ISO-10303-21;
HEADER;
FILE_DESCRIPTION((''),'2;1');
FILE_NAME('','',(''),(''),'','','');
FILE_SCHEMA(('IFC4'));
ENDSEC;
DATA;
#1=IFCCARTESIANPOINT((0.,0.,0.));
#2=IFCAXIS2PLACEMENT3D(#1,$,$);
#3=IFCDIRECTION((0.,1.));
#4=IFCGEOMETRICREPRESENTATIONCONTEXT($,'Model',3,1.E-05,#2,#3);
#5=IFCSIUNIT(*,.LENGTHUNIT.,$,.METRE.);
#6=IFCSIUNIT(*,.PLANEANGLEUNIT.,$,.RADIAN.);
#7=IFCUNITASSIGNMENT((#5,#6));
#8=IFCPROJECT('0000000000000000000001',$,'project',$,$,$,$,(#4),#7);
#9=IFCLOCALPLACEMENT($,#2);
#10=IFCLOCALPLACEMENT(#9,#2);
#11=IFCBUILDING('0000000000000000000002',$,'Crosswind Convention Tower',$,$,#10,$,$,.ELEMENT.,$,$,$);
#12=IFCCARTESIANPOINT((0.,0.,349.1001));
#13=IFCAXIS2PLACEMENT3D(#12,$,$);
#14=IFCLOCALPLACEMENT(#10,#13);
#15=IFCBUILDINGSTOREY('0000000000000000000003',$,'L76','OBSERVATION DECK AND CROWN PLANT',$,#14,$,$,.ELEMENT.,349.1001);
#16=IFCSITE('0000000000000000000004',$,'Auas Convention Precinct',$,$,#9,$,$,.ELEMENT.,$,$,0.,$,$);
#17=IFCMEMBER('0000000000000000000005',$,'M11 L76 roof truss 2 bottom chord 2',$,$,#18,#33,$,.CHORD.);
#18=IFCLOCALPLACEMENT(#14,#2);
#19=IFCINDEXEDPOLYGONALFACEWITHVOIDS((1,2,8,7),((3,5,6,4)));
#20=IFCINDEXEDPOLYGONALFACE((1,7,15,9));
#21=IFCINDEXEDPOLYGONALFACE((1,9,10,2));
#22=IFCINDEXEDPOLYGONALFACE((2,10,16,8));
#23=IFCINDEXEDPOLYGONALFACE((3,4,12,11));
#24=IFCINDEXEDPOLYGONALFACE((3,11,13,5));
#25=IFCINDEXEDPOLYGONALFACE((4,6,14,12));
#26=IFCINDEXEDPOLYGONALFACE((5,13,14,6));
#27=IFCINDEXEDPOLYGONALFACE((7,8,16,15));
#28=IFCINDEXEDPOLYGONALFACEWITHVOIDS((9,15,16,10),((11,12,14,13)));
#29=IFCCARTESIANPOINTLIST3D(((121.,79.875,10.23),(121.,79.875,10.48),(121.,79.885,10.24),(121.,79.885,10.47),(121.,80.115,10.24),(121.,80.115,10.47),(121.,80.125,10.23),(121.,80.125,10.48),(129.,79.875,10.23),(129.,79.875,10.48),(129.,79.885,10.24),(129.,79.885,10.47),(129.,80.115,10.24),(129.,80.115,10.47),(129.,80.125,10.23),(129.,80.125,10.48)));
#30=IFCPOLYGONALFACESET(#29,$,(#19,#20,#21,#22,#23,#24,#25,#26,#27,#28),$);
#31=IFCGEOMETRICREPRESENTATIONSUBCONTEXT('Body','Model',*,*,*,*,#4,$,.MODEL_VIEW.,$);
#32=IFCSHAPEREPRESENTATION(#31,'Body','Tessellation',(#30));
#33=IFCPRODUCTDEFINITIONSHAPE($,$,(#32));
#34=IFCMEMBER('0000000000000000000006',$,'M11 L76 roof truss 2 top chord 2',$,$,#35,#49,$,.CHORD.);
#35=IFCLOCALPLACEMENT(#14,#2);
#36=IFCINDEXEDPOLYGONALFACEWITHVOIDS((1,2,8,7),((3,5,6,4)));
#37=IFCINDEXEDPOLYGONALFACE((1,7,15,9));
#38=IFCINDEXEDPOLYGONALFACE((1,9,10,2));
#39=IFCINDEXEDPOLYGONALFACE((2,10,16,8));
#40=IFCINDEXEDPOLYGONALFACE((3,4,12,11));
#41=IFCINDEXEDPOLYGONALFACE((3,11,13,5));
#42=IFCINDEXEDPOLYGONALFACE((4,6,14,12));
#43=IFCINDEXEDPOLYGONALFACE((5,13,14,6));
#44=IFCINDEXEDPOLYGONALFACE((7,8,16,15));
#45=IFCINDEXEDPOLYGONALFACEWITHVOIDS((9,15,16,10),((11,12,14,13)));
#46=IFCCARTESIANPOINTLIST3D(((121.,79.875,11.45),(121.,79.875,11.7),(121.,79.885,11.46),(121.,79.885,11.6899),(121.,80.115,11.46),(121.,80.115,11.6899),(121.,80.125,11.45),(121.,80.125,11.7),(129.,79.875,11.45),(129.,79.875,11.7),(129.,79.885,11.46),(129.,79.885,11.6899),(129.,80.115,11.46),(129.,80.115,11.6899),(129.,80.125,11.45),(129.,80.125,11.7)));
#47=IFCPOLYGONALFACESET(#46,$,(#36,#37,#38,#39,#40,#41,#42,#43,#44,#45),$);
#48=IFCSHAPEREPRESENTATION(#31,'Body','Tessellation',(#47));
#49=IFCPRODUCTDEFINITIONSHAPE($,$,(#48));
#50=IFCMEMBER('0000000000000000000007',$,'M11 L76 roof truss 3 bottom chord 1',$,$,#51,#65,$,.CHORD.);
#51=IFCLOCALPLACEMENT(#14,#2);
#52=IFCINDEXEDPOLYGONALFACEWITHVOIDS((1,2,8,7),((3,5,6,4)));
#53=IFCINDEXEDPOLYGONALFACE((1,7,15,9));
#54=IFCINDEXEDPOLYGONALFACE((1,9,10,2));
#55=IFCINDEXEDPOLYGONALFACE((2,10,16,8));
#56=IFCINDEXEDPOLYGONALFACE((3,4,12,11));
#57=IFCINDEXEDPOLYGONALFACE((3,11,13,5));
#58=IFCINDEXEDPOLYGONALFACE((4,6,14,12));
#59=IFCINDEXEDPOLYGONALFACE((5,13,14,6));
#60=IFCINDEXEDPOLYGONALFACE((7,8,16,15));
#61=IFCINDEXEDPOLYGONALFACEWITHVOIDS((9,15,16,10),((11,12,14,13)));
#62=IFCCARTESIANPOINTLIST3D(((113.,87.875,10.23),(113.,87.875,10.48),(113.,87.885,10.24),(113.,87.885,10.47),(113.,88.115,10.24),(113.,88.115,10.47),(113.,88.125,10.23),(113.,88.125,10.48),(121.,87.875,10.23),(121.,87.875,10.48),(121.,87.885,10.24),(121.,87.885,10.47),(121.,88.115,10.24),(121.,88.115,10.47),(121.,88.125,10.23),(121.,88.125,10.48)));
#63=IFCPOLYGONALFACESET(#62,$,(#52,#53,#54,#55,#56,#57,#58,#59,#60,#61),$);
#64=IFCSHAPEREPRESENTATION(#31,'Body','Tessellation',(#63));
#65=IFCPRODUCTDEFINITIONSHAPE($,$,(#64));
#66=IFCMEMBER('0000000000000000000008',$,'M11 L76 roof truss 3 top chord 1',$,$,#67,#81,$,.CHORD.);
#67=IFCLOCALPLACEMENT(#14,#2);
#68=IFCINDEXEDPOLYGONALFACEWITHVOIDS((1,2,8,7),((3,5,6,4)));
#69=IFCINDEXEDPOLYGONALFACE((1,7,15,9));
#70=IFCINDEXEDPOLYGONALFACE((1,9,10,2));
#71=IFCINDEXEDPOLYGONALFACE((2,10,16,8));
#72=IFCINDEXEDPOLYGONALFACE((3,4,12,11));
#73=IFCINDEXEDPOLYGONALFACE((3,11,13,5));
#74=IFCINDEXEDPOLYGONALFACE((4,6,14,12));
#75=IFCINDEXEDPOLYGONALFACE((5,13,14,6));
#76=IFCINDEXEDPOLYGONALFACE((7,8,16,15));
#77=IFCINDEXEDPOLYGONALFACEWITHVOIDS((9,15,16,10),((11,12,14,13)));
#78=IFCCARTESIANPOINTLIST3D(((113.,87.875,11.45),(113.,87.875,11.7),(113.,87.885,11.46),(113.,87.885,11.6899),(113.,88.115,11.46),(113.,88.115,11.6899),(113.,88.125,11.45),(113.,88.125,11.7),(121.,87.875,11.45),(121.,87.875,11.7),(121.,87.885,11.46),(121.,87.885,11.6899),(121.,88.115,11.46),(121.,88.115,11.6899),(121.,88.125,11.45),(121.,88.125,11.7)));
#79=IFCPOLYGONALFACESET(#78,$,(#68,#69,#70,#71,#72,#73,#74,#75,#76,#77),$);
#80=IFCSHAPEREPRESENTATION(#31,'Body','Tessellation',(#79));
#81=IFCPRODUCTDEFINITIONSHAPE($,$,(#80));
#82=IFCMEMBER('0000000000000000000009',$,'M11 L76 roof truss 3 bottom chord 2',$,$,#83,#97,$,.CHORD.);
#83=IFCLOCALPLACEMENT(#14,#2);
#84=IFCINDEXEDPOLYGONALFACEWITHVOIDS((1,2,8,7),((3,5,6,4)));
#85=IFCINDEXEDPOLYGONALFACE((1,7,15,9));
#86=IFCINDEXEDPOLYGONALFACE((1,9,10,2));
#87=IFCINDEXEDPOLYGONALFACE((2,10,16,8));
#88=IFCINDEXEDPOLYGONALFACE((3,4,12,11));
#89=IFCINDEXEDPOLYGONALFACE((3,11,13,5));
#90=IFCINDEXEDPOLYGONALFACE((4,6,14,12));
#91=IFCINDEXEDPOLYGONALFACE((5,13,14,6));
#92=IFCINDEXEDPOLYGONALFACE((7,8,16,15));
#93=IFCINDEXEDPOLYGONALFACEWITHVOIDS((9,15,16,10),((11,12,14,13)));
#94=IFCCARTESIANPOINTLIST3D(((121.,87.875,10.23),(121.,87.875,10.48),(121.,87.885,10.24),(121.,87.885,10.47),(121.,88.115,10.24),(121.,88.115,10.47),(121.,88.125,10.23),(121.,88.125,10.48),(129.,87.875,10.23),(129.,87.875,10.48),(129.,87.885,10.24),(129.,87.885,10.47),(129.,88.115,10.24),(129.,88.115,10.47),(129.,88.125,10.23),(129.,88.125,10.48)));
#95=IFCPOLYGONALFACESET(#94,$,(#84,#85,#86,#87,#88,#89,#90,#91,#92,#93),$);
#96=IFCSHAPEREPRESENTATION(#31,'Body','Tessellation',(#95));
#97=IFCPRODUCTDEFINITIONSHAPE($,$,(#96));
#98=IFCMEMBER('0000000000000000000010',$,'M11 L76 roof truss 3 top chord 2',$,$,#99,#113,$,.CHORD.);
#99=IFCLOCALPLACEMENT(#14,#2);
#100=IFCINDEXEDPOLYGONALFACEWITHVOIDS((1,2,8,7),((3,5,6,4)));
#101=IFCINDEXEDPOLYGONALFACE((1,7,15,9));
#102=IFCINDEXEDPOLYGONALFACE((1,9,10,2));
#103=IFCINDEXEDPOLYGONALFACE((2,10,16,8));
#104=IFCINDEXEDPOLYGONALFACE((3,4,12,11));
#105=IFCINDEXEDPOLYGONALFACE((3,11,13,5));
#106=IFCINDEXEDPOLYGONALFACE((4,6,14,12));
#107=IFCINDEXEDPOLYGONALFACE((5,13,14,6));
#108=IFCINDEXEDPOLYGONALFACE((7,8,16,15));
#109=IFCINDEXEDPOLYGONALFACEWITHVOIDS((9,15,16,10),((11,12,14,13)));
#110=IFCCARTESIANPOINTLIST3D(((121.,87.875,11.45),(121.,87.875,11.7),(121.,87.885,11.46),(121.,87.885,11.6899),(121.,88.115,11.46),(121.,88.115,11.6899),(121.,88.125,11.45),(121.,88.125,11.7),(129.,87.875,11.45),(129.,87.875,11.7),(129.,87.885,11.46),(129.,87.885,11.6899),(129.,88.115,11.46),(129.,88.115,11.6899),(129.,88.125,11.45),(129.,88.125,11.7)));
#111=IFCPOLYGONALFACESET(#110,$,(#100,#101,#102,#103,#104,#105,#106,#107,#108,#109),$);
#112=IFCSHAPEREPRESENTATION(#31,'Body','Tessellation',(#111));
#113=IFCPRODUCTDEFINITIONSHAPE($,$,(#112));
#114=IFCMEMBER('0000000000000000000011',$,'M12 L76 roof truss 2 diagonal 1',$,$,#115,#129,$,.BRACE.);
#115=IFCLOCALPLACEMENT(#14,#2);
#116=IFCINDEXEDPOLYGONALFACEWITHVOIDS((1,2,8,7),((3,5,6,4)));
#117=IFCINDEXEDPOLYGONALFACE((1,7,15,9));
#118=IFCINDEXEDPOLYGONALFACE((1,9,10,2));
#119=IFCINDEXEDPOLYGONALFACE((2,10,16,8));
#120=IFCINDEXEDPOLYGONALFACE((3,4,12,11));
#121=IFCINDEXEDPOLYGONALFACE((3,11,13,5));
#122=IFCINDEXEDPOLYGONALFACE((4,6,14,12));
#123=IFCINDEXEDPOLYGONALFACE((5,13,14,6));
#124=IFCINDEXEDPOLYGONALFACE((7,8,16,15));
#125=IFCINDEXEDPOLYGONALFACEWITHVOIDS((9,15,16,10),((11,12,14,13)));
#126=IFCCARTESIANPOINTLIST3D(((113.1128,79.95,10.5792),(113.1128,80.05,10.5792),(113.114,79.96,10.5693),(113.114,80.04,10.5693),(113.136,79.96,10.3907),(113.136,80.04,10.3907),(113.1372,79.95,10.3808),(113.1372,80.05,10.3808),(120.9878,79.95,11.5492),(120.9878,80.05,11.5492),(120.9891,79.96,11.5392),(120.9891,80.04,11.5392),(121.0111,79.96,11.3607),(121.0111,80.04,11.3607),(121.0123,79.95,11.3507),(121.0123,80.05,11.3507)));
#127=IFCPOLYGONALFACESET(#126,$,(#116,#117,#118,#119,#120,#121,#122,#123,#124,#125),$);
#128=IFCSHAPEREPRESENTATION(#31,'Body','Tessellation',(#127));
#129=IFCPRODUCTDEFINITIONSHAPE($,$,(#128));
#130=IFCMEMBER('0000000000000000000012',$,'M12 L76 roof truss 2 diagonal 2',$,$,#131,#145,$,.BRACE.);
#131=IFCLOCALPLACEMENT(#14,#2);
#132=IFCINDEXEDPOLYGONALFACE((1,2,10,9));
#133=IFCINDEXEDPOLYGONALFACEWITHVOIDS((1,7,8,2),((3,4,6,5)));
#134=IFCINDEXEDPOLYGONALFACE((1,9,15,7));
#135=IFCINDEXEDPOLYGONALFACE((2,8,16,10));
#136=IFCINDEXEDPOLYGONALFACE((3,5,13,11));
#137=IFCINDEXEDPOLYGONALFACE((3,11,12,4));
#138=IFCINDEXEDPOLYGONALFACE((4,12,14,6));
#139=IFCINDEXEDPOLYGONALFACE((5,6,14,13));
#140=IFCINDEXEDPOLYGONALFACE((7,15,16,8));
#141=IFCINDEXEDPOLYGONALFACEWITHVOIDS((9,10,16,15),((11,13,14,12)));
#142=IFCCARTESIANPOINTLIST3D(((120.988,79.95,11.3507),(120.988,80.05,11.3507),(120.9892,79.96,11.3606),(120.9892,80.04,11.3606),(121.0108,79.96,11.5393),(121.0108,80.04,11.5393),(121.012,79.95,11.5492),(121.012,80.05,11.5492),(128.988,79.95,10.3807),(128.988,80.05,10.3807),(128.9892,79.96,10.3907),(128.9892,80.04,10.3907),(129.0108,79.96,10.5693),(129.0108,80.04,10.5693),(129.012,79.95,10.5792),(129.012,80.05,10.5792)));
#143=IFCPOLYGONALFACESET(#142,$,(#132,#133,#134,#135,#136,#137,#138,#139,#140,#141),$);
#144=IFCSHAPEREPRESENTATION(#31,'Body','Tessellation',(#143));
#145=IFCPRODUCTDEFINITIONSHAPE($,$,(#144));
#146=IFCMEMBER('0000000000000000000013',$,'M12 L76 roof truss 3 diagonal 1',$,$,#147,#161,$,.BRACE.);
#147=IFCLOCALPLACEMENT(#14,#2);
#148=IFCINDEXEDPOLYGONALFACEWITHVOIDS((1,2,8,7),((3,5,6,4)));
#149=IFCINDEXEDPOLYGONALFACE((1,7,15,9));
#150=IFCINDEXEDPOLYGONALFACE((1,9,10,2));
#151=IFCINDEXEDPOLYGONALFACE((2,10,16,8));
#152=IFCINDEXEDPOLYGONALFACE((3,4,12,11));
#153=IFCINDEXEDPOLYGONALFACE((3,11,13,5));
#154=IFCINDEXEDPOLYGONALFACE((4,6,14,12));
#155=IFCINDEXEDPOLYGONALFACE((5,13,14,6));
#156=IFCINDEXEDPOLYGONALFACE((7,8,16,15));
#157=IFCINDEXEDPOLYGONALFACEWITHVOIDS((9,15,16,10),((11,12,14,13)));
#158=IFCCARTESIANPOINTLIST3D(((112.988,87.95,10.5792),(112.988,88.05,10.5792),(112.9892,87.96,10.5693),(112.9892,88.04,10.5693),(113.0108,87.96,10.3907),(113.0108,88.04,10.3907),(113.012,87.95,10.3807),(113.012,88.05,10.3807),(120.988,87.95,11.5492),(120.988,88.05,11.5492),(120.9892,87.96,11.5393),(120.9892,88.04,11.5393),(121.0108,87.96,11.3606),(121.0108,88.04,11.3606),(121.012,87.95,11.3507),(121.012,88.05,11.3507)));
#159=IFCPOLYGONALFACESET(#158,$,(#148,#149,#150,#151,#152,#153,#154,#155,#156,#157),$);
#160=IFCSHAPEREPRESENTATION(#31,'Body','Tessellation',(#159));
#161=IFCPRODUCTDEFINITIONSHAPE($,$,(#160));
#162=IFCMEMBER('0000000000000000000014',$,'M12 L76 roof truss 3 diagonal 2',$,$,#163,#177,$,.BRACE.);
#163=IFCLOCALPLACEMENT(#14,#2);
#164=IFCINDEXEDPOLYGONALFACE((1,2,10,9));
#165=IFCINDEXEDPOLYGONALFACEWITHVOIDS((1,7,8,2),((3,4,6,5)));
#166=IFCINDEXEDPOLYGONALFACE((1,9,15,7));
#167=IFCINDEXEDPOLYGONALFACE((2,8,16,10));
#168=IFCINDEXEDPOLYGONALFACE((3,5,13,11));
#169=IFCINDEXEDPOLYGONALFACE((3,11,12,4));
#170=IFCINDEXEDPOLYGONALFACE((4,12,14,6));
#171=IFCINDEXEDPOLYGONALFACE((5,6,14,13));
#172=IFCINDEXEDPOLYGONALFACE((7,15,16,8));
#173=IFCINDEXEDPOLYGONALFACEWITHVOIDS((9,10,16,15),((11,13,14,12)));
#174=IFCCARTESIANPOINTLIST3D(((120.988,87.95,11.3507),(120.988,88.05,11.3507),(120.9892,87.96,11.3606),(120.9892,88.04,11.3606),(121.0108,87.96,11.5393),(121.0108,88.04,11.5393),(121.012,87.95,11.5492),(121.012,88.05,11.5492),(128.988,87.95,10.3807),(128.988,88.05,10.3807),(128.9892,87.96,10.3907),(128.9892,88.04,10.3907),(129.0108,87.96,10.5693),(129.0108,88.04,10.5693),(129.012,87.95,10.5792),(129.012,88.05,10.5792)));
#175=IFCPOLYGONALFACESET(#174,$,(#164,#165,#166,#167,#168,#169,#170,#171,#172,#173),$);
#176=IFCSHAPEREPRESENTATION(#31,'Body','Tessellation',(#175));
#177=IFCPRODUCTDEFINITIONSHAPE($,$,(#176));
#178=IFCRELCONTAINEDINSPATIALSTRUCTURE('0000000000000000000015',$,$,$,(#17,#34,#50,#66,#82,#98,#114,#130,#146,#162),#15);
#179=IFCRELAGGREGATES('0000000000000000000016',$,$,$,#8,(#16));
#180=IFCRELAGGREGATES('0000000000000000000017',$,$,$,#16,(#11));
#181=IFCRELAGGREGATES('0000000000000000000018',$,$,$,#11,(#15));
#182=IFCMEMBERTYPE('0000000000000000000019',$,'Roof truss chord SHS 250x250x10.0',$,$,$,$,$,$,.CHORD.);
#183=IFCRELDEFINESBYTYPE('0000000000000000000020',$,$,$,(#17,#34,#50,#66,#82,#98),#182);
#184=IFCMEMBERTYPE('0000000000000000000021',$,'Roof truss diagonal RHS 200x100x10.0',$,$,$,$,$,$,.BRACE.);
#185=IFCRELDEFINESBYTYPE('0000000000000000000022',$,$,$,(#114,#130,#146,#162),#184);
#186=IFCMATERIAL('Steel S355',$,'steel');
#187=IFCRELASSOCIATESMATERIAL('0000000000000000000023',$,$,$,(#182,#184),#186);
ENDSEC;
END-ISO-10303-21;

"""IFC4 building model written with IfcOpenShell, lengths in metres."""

from ifc_helpers import new_model, si_unit, direction, frame, origin, origin_2d, place, context, subcontext, project, spatial, hollow_rectangle, extrude, material, material_profile, profile_set, type_object, element, save


model = new_model("IFC4")

# Units and contexts
model_context = context("Model", 3, precision=1e-05, world=origin(), true_north=direction((0.0, 1.0)))
body_context = subcontext(model_context, "Body", "Model", "MODEL_VIEW")
ifc_project = project(units=[si_unit("LENGTHUNIT", "METRE"), si_unit("PLANEANGLEUNIT", "RADIAN")], contexts=[model_context])

# Site, building, storey
site_placement = place(None, origin())
site = spatial("IfcSite", under=ifc_project, at=site_placement, Name="Auas Convention Precinct", CompositionType="ELEMENT", RefElevation=0.0)
building_placement = place(site_placement, origin())
building = spatial("IfcBuilding", under=site, at=building_placement, Name="Crosswind Convention Tower", CompositionType="ELEMENT")
storey_placement = place(building_placement, frame((0.0, 0.0, 349.1001)))
storey = spatial("IfcBuildingStorey", under=building, at=storey_placement, Name="L76", Description="OBSERVATION DECK AND CROWN PLANT", CompositionType="ELEMENT", Elevation=349.1001)

# Shared definitions
ifc_material_1 = material(Name="Steel S355", Category="steel")

# Members
ifc_material_profile_1 = material_profile(ifc_material_1, hollow_rectangle(XDim=0.25, YDim=0.25, WallThickness=0.01, at=origin_2d()), Name="SHS 250x250x10.0")
ifc_profile_set_1 = profile_set([ifc_material_profile_1], Name="Steel S355")
member_type_1 = type_object("IfcMemberType", Name="Roof truss chord SHS 250x250x10.0", PredefinedType="CHORD", material=ifc_profile_set_1)
for number, where, z_axis, x_axis, name in (
    (1, (121.0, 80.0, 10.355), (1.0, 0.0, 0.0), (0.0, 1.0, 0.0), "M11 L76 roof truss 2 bottom chord 2"),
    (2, (121.0, 80.0, 11.575), (1.0, 0.0, 0.0), (0.0, 1.0, 0.0), "M11 L76 roof truss 2 top chord 2"),
    (3, (113.0, 88.0, 10.355), (1.0, 0.0, 0.0), (0.0, 1.0, 0.0), "M11 L76 roof truss 3 bottom chord 1"),
    (4, (113.0, 88.0, 11.575), (1.0, 0.0, 0.0), (0.0, 1.0, 0.0), "M11 L76 roof truss 3 top chord 1"),
    (5, (121.0, 88.0, 10.355), (1.0, 0.0, 0.0), (0.0, 1.0, 0.0), "M11 L76 roof truss 3 bottom chord 2"),
    (6, (121.0, 88.0, 11.575), (1.0, 0.0, 0.0), (0.0, 1.0, 0.0), "M11 L76 roof truss 3 top chord 2"),
):
    element("IfcMember", number, at=place(storey_placement, frame(where, z_axis=z_axis, x_axis=x_axis)), inside=storey, type_object=member_type_1, Name=name, PredefinedType="CHORD", context=body_context, shape_type="SweptSolid", body=[
        extrude(hollow_rectangle(XDim=0.25, YDim=0.25, WallThickness=0.01, at=origin_2d()), origin(), (0.0, 0.0, 1.0), 8.0),
    ])
ifc_material_profile_2 = material_profile(ifc_material_1, hollow_rectangle(XDim=0.1001, YDim=0.2, WallThickness=0.01, at=origin_2d()), Name="RHS 200x100x10.0")
ifc_profile_set_2 = profile_set([ifc_material_profile_2], Name="Steel S355")
member_type_2 = type_object("IfcMemberType", Name="Roof truss diagonal RHS 200x100x10.0", PredefinedType="BRACE", material=ifc_profile_set_2)
member_placement = place(storey_placement, frame((113.125, 80.0, 10.48), z_axis=(0.9925, 0.0, 0.122247), x_axis=(0.0, 1.0, 0.0)))
element("IfcMember", 7, at=member_placement, inside=storey, type_object=member_type_2, Name="M12 L76 roof truss 2 diagonal 1", PredefinedType="BRACE", context=body_context, shape_type="SweptSolid", body=[
    extrude(hollow_rectangle(XDim=0.1001, YDim=0.2, WallThickness=0.01, at=origin_2d()), origin(), (0.0, 0.0, 1.0), 7.9346),
])
for number, where, z_axis, x_axis, name in (
    (8, (121.0, 80.0, 11.45), (0.99273, 0.0, -0.120365), (0.0, 1.0, 0.0), "M12 L76 roof truss 2 diagonal 2"),
    (9, (113.0, 88.0, 10.48), (0.99273, 0.0, 0.120365), (0.0, 1.0, 0.0), "M12 L76 roof truss 3 diagonal 1"),
    (10, (121.0, 88.0, 11.45), (0.99273, 0.0, -0.120365), (0.0, 1.0, 0.0), "M12 L76 roof truss 3 diagonal 2"),
):
    element("IfcMember", number, at=place(storey_placement, frame(where, z_axis=z_axis, x_axis=x_axis)), inside=storey, type_object=member_type_2, Name=name, PredefinedType="BRACE", context=body_context, shape_type="SweptSolid", body=[
        extrude(hollow_rectangle(XDim=0.1001, YDim=0.2, WallThickness=0.01, at=origin_2d()), origin(), (0.0, 0.0, 1.0), 8.0586),
    ])

save(model, "model.ifc")
